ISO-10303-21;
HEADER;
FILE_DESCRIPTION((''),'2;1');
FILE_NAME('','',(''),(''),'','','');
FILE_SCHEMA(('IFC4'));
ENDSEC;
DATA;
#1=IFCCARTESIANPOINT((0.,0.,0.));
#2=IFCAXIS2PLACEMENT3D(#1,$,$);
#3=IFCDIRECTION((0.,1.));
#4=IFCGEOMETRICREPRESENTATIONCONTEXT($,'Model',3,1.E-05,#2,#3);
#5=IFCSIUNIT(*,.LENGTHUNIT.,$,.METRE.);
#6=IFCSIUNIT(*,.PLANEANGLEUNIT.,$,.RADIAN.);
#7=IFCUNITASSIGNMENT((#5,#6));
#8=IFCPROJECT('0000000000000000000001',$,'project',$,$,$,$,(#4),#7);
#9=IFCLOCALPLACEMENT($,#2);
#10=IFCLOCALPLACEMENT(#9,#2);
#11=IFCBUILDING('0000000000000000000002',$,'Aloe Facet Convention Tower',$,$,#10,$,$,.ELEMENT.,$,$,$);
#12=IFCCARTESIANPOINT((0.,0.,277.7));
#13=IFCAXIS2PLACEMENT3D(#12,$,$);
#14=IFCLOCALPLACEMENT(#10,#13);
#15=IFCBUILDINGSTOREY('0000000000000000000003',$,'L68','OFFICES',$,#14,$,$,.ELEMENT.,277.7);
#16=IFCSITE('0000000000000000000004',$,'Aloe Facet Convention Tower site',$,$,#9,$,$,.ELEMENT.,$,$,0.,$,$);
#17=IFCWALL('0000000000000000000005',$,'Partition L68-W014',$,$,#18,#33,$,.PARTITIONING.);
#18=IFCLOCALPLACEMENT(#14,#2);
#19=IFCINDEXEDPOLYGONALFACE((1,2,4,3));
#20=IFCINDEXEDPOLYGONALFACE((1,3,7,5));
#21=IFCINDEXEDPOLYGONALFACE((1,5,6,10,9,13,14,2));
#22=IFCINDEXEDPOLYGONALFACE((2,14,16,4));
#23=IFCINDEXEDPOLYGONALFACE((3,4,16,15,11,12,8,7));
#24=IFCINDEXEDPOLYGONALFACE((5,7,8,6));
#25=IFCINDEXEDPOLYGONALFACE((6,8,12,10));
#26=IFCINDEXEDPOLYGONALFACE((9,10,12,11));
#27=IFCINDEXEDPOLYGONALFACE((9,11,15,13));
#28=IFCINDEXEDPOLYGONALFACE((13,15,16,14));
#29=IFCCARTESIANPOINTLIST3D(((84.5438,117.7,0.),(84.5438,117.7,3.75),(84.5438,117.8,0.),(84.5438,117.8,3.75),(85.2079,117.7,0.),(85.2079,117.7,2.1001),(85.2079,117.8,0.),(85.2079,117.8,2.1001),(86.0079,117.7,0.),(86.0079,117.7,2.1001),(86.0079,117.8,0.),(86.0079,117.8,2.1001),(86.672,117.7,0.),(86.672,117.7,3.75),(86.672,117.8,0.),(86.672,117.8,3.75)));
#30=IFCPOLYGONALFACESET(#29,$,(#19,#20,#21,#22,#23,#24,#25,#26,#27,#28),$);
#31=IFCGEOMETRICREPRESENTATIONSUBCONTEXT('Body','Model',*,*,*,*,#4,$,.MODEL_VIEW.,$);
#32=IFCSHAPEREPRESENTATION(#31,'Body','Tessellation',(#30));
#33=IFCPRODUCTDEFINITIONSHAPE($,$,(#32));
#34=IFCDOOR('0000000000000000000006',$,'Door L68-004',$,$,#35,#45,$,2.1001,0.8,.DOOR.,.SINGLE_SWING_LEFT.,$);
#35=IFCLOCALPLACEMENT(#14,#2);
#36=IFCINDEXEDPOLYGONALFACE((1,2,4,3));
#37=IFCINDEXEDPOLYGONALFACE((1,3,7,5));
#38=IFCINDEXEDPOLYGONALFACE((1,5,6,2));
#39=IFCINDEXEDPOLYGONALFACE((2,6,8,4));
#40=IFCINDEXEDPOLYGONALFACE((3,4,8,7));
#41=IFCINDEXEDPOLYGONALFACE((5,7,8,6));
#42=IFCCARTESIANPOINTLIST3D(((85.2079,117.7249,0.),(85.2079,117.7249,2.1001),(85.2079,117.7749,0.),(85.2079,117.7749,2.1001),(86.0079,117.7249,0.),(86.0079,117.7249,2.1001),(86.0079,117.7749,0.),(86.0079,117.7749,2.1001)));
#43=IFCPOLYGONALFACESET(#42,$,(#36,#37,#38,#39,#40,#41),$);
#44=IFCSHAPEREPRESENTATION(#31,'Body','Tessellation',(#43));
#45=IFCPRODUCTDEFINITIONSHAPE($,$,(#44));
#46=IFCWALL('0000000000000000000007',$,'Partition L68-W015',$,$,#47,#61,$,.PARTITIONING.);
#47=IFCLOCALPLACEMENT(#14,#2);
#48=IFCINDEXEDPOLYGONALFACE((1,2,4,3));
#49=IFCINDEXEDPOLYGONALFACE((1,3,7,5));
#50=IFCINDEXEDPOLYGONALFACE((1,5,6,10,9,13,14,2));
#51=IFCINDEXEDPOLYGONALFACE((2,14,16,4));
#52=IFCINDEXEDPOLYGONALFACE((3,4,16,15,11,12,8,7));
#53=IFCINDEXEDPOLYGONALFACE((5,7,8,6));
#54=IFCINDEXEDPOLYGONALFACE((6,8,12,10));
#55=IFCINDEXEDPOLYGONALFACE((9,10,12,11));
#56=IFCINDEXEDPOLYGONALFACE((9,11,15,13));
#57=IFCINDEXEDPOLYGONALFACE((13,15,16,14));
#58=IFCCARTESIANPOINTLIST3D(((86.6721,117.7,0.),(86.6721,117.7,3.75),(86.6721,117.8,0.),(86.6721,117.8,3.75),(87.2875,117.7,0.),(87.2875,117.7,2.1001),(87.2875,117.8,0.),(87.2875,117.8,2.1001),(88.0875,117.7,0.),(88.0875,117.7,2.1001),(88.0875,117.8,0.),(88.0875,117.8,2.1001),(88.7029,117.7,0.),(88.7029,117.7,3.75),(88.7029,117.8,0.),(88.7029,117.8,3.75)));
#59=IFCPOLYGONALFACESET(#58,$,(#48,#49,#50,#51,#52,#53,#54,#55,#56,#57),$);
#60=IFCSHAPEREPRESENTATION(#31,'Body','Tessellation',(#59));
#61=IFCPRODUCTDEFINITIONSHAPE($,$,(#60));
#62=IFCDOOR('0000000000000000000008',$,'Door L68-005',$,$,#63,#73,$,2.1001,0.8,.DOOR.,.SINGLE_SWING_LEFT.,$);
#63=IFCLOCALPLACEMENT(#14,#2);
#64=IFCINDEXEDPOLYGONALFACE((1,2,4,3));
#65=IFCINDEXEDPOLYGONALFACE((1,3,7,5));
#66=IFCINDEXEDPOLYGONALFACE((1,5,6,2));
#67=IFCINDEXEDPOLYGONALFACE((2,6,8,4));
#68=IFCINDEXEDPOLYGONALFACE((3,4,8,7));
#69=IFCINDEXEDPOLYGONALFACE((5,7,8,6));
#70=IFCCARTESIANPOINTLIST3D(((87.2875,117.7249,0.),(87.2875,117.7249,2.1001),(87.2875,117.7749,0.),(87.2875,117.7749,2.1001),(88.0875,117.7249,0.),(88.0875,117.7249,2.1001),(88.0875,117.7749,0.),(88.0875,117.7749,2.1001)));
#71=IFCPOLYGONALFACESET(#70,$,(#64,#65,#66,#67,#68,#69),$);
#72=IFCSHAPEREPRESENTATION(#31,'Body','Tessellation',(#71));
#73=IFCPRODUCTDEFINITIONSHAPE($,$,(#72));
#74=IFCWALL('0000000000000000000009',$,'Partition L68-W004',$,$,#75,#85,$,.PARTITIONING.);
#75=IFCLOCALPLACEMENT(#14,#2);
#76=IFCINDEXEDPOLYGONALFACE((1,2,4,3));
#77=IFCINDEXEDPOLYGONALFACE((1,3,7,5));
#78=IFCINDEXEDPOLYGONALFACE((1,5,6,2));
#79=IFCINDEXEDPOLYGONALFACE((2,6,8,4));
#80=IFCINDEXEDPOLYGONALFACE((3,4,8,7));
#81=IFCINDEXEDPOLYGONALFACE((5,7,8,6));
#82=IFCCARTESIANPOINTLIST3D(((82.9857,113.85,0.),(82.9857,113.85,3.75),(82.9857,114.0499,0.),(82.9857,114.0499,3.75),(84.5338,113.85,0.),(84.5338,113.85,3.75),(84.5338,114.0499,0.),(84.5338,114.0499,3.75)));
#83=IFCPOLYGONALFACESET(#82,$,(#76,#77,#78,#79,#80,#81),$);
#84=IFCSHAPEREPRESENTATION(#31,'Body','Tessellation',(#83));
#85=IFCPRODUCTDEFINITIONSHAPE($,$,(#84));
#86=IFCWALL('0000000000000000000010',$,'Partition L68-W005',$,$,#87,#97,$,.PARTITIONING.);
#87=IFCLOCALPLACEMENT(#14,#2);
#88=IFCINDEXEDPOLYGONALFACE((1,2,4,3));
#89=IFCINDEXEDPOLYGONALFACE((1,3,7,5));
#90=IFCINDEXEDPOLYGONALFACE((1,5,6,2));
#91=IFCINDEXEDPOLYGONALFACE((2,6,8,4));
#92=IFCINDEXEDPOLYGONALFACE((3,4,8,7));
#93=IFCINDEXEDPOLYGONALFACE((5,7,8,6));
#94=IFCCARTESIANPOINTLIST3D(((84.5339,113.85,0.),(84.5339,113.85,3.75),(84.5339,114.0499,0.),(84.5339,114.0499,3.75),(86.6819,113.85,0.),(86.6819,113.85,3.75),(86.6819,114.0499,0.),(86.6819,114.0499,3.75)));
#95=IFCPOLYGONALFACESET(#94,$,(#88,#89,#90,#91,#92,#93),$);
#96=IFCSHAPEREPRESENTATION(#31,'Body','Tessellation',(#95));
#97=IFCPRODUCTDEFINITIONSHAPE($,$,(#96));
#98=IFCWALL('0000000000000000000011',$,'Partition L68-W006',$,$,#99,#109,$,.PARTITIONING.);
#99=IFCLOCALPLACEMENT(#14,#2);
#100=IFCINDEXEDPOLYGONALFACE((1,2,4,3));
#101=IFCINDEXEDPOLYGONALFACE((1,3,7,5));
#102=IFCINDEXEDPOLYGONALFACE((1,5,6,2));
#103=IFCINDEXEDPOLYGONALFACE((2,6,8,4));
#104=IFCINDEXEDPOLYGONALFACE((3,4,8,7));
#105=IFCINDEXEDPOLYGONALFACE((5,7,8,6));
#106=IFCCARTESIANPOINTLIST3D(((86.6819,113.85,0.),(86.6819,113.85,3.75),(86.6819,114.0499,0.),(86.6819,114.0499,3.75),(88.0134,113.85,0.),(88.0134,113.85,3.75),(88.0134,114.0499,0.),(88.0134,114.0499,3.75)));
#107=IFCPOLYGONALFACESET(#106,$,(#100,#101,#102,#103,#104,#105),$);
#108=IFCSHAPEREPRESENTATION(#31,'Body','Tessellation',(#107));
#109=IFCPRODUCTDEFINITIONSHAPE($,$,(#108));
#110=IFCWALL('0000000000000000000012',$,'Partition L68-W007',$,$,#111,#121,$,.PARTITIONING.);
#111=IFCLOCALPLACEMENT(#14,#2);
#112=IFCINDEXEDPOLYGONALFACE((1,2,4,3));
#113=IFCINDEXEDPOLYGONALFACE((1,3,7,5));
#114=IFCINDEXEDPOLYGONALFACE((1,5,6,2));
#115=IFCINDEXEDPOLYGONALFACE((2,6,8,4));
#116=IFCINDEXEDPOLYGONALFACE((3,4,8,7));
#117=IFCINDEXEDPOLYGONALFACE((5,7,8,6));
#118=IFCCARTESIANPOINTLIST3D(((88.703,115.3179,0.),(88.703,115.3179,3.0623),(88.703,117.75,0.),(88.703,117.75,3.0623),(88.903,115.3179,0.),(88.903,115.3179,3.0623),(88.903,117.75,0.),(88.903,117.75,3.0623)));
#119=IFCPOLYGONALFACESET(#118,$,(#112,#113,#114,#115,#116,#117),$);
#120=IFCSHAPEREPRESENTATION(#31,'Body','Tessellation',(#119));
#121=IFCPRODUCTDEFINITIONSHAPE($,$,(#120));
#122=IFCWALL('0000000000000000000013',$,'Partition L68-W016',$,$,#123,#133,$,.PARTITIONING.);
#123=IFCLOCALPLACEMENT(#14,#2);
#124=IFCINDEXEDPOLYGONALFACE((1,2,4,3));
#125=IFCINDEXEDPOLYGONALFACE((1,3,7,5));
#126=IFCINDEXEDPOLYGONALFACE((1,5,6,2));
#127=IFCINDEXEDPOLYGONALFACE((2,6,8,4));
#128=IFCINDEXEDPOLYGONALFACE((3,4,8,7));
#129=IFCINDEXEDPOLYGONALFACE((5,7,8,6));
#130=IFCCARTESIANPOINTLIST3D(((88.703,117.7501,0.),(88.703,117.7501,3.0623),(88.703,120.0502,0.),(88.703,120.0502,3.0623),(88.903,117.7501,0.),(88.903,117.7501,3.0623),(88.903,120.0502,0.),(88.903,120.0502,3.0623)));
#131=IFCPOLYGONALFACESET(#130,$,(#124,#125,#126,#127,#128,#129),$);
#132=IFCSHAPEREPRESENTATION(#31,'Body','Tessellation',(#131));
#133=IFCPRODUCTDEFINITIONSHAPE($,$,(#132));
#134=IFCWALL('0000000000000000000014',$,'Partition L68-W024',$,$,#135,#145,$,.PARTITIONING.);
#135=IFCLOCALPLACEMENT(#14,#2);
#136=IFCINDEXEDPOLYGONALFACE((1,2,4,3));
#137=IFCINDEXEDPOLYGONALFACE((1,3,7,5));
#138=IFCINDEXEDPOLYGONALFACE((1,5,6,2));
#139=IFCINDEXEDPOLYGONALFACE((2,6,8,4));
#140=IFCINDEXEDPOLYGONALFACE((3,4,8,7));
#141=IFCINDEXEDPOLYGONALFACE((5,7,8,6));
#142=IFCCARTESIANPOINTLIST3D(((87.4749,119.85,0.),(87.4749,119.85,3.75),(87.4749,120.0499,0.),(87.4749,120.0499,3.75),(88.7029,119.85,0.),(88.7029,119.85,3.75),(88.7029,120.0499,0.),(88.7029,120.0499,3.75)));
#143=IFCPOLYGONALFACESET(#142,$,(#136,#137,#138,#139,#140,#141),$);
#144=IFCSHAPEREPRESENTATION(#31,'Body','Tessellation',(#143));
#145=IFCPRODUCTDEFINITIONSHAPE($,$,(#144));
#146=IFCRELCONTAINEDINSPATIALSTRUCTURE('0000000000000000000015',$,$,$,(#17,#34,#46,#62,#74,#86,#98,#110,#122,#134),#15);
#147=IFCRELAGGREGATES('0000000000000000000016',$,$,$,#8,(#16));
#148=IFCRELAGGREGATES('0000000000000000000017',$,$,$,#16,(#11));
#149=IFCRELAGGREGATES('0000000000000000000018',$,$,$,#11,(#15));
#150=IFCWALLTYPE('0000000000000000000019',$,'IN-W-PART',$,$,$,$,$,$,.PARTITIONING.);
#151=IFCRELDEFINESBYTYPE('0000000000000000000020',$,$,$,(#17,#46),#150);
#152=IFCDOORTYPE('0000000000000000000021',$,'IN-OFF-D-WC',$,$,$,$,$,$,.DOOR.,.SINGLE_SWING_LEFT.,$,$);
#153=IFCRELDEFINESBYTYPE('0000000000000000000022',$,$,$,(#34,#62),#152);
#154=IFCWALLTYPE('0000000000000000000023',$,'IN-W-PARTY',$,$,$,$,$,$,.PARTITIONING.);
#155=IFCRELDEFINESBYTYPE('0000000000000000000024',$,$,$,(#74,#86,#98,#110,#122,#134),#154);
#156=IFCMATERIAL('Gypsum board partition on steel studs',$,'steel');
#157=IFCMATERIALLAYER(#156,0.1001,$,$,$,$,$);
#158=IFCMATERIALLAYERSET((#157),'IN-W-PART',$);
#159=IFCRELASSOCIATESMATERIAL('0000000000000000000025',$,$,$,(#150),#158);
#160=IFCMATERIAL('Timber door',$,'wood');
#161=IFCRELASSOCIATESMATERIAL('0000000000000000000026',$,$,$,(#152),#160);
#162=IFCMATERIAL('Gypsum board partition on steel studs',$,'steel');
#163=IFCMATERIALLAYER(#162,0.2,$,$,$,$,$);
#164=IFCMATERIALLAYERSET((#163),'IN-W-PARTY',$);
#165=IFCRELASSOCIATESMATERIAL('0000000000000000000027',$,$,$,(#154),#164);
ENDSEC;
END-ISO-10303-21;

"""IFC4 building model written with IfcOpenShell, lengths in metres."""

from ifc_helpers import new_model, si_unit, direction, frame, frame_2d, origin, place, context, subcontext, project, spatial, rectangle, extrude, material, layer, layer_set, type_object, element, fill, save


model = new_model("IFC4")

# Units and contexts
model_context = context("Model", 3, precision=1e-05, world=origin(), true_north=direction((0.0, 1.0)))
body_context = subcontext(model_context, "Body", "Model", "MODEL_VIEW")
ifc_project = project(units=[si_unit("LENGTHUNIT", "METRE"), si_unit("PLANEANGLEUNIT", "RADIAN")], contexts=[model_context])

# Site, building, storey
site_placement = place(None, origin())
site = spatial("IfcSite", under=ifc_project, at=site_placement, Name="Aloe Facet Convention Tower site", CompositionType="ELEMENT", RefElevation=0.0)
building_placement = place(site_placement, origin())
building = spatial("IfcBuilding", under=site, at=building_placement, Name="Aloe Facet Convention Tower", CompositionType="ELEMENT")
storey_placement = place(building_placement, frame((0.0, 0.0, 277.7)))
storey = spatial("IfcBuildingStorey", under=building, at=storey_placement, Name="L68", Description="OFFICES", CompositionType="ELEMENT", Elevation=277.7)

# Shared definitions
ifc_material_1 = material(Name="Gypsum board partition on steel studs", Category="steel")
ifc_layer_1 = layer(ifc_material_1, 0.1001)
ifc_layer_set_1 = layer_set([ifc_layer_1], Name="IN-W-PART")
wall_type_1 = type_object("IfcWallType", Name="IN-W-PART", PredefinedType="PARTITIONING", material=ifc_layer_set_1)

# Walls, openings, doors
wall_1_placement = place(storey_placement, frame((84.5439, 117.75, 0.0), z_axis=(0.0, 0.0, 1.0), x_axis=(1.0, 0.0, 0.0)))
wall_1 = element("IfcWall", 1, at=wall_1_placement, inside=storey, type_object=wall_type_1, Name="Partition L68-W014", PredefinedType="PARTITIONING", context=body_context, shape_type="SweptSolid", body=[
    extrude(rectangle(XDim=2.1282, YDim=0.1001, at=frame_2d((1.064, 0.0))), origin(), (0.0, 0.0, 1.0), 3.75),
])
opening_1_placement = place(wall_1_placement, frame((0.6641, 0.0, 0.0)))
opening_1 = element("IfcOpeningElement", 2, at=opening_1_placement, cuts=wall_1, PredefinedType="OPENING", context=body_context, shape_type="SweptSolid", body=[
    extrude(rectangle(XDim=0.8, YDim=2.1001, at=frame_2d((0.3999, 1.05))), frame((0.0, 0.0601, 0.0), z_axis=(0.0, -1.0, 0.0), x_axis=(1.0, 0.0, 0.0)), (0.0, 0.0, 1.0), 0.1201),
])
ifc_material_2 = material(Name="Timber door", Category="wood")
door_type_1 = type_object("IfcDoorType", Name="IN-OFF-D-WC", OperationType="SINGLE_SWING_LEFT", PredefinedType="DOOR", material=ifc_material_2)
door_1_placement = place(opening_1_placement, origin())
door_1 = element("IfcDoor", 3, at=door_1_placement, inside=storey, type_object=door_type_1, Name="Door L68-004", OperationType="SINGLE_SWING_LEFT", OverallHeight=2.1001, OverallWidth=0.8, PredefinedType="DOOR", context=body_context, shape_type="SweptSolid", body=[
    extrude(rectangle(XDim=0.8, YDim=2.1001, at=frame_2d((0.3999, 1.05))), frame((0.0, 0.0249, 0.0), z_axis=(0.0, -1.0, 0.0), x_axis=(1.0, 0.0, 0.0)), (0.0, 0.0, 1.0), 0.05),
])
fill(opening_1, door_1)
wall_2_placement = place(storey_placement, frame((86.6721, 117.75, 0.0), z_axis=(0.0, 0.0, 1.0), x_axis=(1.0, 0.0, 0.0)))
wall_2 = element("IfcWall", 4, at=wall_2_placement, inside=storey, type_object=wall_type_1, Name="Partition L68-W015", PredefinedType="PARTITIONING", context=body_context, shape_type="SweptSolid", body=[
    extrude(rectangle(XDim=2.0308, YDim=0.1001, at=frame_2d((1.0154, 0.0))), origin(), (0.0, 0.0, 1.0), 3.75),
])
opening_2_placement = place(wall_2_placement, frame((0.6155, 0.0, 0.0)))
opening_2 = element("IfcOpeningElement", 5, at=opening_2_placement, cuts=wall_2, PredefinedType="OPENING", context=body_context, shape_type="SweptSolid", body=[
    extrude(rectangle(XDim=0.8, YDim=2.1001, at=frame_2d((0.3999, 1.05))), frame((0.0, 0.0601, 0.0), z_axis=(0.0, -1.0, 0.0), x_axis=(1.0, 0.0, 0.0)), (0.0, 0.0, 1.0), 0.1201),
])
door_2_placement = place(opening_2_placement, origin())
door_2 = element("IfcDoor", 6, at=door_2_placement, inside=storey, type_object=door_type_1, Name="Door L68-005", OperationType="SINGLE_SWING_LEFT", OverallHeight=2.1001, OverallWidth=0.8, PredefinedType="DOOR", context=body_context, shape_type="SweptSolid", body=[
    extrude(rectangle(XDim=0.8, YDim=2.1001, at=frame_2d((0.3999, 1.05))), frame((0.0, 0.0249, 0.0), z_axis=(0.0, -1.0, 0.0), x_axis=(1.0, 0.0, 0.0)), (0.0, 0.0, 1.0), 0.05),
])
fill(opening_2, door_2)

# Walls
ifc_material_3 = material(Name="Gypsum board partition on steel studs", Category="steel")
ifc_layer_2 = layer(ifc_material_3, 0.2)
ifc_layer_set_2 = layer_set([ifc_layer_2], Name="IN-W-PARTY")
wall_type_2 = type_object("IfcWallType", Name="IN-W-PARTY", PredefinedType="PARTITIONING", material=ifc_layer_set_2)
wall_3_placement = place(storey_placement, frame((82.9858, 113.95, 0.0), z_axis=(0.0, 0.0, 1.0), x_axis=(1.0, 0.0, 0.0)))
element("IfcWall", 7, at=wall_3_placement, inside=storey, type_object=wall_type_2, Name="Partition L68-W004", PredefinedType="PARTITIONING", context=body_context, shape_type="SweptSolid", body=[
    extrude(rectangle(XDim=1.5481, YDim=0.2, at=frame_2d((0.7739, 0.0))), origin(), (0.0, 0.0, 1.0), 3.75),
])
wall_4_placement = place(storey_placement, frame((84.5339, 113.95, 0.0), z_axis=(0.0, 0.0, 1.0), x_axis=(1.0, 0.0, 0.0)))
element("IfcWall", 8, at=wall_4_placement, inside=storey, type_object=wall_type_2, Name="Partition L68-W005", PredefinedType="PARTITIONING", context=body_context, shape_type="SweptSolid", body=[
    extrude(rectangle(XDim=2.1479, YDim=0.2, at=frame_2d((1.074, 0.0))), origin(), (0.0, 0.0, 1.0), 3.75),
])
wall_5_placement = place(storey_placement, frame((86.6819, 113.95, 0.0), z_axis=(0.0, 0.0, 1.0), x_axis=(1.0, 0.0, 0.0)))
element("IfcWall", 9, at=wall_5_placement, inside=storey, type_object=wall_type_2, Name="Partition L68-W006", PredefinedType="PARTITIONING", context=body_context, shape_type="SweptSolid", body=[
    extrude(rectangle(XDim=1.3315, YDim=0.2, at=frame_2d((0.6658, 0.0))), origin(), (0.0, 0.0, 1.0), 3.75),
])
wall_6_placement = place(storey_placement, frame((88.803, 115.3179, 0.0), z_axis=(0.0, 0.0, 1.0), x_axis=(0.0, 1.0, 0.0)))
element("IfcWall", 10, at=wall_6_placement, inside=storey, type_object=wall_type_2, Name="Partition L68-W007", PredefinedType="PARTITIONING", context=body_context, shape_type="SweptSolid", body=[
    extrude(rectangle(XDim=2.4321, YDim=0.2, at=frame_2d((1.2161, 0.0))), origin(), (0.0, 0.0, 1.0), 3.0623),
])
wall_7_placement = place(storey_placement, frame((88.803, 120.05, 0.0), z_axis=(0.0, 0.0, 1.0), x_axis=(0.0, -1.0, 0.0)))
element("IfcWall", 11, at=wall_7_placement, inside=storey, type_object=wall_type_2, Name="Partition L68-W016", PredefinedType="PARTITIONING", context=body_context, shape_type="SweptSolid", body=[
    extrude(rectangle(XDim=2.3, YDim=0.2, at=frame_2d((1.1499, 0.0))), origin(), (0.0, 0.0, 1.0), 3.0623),
])
wall_8_placement = place(storey_placement, frame((87.4749, 119.95, 0.0), z_axis=(0.0, 0.0, 1.0), x_axis=(1.0, 0.0, 0.0)))
element("IfcWall", 12, at=wall_8_placement, inside=storey, type_object=wall_type_2, Name="Partition L68-W024", PredefinedType="PARTITIONING", context=body_context, shape_type="SweptSolid", body=[
    extrude(rectangle(XDim=1.228, YDim=0.2, at=frame_2d((0.614, 0.0))), origin(), (0.0, 0.0, 1.0), 3.75),
])

save(model, "model.ifc")
